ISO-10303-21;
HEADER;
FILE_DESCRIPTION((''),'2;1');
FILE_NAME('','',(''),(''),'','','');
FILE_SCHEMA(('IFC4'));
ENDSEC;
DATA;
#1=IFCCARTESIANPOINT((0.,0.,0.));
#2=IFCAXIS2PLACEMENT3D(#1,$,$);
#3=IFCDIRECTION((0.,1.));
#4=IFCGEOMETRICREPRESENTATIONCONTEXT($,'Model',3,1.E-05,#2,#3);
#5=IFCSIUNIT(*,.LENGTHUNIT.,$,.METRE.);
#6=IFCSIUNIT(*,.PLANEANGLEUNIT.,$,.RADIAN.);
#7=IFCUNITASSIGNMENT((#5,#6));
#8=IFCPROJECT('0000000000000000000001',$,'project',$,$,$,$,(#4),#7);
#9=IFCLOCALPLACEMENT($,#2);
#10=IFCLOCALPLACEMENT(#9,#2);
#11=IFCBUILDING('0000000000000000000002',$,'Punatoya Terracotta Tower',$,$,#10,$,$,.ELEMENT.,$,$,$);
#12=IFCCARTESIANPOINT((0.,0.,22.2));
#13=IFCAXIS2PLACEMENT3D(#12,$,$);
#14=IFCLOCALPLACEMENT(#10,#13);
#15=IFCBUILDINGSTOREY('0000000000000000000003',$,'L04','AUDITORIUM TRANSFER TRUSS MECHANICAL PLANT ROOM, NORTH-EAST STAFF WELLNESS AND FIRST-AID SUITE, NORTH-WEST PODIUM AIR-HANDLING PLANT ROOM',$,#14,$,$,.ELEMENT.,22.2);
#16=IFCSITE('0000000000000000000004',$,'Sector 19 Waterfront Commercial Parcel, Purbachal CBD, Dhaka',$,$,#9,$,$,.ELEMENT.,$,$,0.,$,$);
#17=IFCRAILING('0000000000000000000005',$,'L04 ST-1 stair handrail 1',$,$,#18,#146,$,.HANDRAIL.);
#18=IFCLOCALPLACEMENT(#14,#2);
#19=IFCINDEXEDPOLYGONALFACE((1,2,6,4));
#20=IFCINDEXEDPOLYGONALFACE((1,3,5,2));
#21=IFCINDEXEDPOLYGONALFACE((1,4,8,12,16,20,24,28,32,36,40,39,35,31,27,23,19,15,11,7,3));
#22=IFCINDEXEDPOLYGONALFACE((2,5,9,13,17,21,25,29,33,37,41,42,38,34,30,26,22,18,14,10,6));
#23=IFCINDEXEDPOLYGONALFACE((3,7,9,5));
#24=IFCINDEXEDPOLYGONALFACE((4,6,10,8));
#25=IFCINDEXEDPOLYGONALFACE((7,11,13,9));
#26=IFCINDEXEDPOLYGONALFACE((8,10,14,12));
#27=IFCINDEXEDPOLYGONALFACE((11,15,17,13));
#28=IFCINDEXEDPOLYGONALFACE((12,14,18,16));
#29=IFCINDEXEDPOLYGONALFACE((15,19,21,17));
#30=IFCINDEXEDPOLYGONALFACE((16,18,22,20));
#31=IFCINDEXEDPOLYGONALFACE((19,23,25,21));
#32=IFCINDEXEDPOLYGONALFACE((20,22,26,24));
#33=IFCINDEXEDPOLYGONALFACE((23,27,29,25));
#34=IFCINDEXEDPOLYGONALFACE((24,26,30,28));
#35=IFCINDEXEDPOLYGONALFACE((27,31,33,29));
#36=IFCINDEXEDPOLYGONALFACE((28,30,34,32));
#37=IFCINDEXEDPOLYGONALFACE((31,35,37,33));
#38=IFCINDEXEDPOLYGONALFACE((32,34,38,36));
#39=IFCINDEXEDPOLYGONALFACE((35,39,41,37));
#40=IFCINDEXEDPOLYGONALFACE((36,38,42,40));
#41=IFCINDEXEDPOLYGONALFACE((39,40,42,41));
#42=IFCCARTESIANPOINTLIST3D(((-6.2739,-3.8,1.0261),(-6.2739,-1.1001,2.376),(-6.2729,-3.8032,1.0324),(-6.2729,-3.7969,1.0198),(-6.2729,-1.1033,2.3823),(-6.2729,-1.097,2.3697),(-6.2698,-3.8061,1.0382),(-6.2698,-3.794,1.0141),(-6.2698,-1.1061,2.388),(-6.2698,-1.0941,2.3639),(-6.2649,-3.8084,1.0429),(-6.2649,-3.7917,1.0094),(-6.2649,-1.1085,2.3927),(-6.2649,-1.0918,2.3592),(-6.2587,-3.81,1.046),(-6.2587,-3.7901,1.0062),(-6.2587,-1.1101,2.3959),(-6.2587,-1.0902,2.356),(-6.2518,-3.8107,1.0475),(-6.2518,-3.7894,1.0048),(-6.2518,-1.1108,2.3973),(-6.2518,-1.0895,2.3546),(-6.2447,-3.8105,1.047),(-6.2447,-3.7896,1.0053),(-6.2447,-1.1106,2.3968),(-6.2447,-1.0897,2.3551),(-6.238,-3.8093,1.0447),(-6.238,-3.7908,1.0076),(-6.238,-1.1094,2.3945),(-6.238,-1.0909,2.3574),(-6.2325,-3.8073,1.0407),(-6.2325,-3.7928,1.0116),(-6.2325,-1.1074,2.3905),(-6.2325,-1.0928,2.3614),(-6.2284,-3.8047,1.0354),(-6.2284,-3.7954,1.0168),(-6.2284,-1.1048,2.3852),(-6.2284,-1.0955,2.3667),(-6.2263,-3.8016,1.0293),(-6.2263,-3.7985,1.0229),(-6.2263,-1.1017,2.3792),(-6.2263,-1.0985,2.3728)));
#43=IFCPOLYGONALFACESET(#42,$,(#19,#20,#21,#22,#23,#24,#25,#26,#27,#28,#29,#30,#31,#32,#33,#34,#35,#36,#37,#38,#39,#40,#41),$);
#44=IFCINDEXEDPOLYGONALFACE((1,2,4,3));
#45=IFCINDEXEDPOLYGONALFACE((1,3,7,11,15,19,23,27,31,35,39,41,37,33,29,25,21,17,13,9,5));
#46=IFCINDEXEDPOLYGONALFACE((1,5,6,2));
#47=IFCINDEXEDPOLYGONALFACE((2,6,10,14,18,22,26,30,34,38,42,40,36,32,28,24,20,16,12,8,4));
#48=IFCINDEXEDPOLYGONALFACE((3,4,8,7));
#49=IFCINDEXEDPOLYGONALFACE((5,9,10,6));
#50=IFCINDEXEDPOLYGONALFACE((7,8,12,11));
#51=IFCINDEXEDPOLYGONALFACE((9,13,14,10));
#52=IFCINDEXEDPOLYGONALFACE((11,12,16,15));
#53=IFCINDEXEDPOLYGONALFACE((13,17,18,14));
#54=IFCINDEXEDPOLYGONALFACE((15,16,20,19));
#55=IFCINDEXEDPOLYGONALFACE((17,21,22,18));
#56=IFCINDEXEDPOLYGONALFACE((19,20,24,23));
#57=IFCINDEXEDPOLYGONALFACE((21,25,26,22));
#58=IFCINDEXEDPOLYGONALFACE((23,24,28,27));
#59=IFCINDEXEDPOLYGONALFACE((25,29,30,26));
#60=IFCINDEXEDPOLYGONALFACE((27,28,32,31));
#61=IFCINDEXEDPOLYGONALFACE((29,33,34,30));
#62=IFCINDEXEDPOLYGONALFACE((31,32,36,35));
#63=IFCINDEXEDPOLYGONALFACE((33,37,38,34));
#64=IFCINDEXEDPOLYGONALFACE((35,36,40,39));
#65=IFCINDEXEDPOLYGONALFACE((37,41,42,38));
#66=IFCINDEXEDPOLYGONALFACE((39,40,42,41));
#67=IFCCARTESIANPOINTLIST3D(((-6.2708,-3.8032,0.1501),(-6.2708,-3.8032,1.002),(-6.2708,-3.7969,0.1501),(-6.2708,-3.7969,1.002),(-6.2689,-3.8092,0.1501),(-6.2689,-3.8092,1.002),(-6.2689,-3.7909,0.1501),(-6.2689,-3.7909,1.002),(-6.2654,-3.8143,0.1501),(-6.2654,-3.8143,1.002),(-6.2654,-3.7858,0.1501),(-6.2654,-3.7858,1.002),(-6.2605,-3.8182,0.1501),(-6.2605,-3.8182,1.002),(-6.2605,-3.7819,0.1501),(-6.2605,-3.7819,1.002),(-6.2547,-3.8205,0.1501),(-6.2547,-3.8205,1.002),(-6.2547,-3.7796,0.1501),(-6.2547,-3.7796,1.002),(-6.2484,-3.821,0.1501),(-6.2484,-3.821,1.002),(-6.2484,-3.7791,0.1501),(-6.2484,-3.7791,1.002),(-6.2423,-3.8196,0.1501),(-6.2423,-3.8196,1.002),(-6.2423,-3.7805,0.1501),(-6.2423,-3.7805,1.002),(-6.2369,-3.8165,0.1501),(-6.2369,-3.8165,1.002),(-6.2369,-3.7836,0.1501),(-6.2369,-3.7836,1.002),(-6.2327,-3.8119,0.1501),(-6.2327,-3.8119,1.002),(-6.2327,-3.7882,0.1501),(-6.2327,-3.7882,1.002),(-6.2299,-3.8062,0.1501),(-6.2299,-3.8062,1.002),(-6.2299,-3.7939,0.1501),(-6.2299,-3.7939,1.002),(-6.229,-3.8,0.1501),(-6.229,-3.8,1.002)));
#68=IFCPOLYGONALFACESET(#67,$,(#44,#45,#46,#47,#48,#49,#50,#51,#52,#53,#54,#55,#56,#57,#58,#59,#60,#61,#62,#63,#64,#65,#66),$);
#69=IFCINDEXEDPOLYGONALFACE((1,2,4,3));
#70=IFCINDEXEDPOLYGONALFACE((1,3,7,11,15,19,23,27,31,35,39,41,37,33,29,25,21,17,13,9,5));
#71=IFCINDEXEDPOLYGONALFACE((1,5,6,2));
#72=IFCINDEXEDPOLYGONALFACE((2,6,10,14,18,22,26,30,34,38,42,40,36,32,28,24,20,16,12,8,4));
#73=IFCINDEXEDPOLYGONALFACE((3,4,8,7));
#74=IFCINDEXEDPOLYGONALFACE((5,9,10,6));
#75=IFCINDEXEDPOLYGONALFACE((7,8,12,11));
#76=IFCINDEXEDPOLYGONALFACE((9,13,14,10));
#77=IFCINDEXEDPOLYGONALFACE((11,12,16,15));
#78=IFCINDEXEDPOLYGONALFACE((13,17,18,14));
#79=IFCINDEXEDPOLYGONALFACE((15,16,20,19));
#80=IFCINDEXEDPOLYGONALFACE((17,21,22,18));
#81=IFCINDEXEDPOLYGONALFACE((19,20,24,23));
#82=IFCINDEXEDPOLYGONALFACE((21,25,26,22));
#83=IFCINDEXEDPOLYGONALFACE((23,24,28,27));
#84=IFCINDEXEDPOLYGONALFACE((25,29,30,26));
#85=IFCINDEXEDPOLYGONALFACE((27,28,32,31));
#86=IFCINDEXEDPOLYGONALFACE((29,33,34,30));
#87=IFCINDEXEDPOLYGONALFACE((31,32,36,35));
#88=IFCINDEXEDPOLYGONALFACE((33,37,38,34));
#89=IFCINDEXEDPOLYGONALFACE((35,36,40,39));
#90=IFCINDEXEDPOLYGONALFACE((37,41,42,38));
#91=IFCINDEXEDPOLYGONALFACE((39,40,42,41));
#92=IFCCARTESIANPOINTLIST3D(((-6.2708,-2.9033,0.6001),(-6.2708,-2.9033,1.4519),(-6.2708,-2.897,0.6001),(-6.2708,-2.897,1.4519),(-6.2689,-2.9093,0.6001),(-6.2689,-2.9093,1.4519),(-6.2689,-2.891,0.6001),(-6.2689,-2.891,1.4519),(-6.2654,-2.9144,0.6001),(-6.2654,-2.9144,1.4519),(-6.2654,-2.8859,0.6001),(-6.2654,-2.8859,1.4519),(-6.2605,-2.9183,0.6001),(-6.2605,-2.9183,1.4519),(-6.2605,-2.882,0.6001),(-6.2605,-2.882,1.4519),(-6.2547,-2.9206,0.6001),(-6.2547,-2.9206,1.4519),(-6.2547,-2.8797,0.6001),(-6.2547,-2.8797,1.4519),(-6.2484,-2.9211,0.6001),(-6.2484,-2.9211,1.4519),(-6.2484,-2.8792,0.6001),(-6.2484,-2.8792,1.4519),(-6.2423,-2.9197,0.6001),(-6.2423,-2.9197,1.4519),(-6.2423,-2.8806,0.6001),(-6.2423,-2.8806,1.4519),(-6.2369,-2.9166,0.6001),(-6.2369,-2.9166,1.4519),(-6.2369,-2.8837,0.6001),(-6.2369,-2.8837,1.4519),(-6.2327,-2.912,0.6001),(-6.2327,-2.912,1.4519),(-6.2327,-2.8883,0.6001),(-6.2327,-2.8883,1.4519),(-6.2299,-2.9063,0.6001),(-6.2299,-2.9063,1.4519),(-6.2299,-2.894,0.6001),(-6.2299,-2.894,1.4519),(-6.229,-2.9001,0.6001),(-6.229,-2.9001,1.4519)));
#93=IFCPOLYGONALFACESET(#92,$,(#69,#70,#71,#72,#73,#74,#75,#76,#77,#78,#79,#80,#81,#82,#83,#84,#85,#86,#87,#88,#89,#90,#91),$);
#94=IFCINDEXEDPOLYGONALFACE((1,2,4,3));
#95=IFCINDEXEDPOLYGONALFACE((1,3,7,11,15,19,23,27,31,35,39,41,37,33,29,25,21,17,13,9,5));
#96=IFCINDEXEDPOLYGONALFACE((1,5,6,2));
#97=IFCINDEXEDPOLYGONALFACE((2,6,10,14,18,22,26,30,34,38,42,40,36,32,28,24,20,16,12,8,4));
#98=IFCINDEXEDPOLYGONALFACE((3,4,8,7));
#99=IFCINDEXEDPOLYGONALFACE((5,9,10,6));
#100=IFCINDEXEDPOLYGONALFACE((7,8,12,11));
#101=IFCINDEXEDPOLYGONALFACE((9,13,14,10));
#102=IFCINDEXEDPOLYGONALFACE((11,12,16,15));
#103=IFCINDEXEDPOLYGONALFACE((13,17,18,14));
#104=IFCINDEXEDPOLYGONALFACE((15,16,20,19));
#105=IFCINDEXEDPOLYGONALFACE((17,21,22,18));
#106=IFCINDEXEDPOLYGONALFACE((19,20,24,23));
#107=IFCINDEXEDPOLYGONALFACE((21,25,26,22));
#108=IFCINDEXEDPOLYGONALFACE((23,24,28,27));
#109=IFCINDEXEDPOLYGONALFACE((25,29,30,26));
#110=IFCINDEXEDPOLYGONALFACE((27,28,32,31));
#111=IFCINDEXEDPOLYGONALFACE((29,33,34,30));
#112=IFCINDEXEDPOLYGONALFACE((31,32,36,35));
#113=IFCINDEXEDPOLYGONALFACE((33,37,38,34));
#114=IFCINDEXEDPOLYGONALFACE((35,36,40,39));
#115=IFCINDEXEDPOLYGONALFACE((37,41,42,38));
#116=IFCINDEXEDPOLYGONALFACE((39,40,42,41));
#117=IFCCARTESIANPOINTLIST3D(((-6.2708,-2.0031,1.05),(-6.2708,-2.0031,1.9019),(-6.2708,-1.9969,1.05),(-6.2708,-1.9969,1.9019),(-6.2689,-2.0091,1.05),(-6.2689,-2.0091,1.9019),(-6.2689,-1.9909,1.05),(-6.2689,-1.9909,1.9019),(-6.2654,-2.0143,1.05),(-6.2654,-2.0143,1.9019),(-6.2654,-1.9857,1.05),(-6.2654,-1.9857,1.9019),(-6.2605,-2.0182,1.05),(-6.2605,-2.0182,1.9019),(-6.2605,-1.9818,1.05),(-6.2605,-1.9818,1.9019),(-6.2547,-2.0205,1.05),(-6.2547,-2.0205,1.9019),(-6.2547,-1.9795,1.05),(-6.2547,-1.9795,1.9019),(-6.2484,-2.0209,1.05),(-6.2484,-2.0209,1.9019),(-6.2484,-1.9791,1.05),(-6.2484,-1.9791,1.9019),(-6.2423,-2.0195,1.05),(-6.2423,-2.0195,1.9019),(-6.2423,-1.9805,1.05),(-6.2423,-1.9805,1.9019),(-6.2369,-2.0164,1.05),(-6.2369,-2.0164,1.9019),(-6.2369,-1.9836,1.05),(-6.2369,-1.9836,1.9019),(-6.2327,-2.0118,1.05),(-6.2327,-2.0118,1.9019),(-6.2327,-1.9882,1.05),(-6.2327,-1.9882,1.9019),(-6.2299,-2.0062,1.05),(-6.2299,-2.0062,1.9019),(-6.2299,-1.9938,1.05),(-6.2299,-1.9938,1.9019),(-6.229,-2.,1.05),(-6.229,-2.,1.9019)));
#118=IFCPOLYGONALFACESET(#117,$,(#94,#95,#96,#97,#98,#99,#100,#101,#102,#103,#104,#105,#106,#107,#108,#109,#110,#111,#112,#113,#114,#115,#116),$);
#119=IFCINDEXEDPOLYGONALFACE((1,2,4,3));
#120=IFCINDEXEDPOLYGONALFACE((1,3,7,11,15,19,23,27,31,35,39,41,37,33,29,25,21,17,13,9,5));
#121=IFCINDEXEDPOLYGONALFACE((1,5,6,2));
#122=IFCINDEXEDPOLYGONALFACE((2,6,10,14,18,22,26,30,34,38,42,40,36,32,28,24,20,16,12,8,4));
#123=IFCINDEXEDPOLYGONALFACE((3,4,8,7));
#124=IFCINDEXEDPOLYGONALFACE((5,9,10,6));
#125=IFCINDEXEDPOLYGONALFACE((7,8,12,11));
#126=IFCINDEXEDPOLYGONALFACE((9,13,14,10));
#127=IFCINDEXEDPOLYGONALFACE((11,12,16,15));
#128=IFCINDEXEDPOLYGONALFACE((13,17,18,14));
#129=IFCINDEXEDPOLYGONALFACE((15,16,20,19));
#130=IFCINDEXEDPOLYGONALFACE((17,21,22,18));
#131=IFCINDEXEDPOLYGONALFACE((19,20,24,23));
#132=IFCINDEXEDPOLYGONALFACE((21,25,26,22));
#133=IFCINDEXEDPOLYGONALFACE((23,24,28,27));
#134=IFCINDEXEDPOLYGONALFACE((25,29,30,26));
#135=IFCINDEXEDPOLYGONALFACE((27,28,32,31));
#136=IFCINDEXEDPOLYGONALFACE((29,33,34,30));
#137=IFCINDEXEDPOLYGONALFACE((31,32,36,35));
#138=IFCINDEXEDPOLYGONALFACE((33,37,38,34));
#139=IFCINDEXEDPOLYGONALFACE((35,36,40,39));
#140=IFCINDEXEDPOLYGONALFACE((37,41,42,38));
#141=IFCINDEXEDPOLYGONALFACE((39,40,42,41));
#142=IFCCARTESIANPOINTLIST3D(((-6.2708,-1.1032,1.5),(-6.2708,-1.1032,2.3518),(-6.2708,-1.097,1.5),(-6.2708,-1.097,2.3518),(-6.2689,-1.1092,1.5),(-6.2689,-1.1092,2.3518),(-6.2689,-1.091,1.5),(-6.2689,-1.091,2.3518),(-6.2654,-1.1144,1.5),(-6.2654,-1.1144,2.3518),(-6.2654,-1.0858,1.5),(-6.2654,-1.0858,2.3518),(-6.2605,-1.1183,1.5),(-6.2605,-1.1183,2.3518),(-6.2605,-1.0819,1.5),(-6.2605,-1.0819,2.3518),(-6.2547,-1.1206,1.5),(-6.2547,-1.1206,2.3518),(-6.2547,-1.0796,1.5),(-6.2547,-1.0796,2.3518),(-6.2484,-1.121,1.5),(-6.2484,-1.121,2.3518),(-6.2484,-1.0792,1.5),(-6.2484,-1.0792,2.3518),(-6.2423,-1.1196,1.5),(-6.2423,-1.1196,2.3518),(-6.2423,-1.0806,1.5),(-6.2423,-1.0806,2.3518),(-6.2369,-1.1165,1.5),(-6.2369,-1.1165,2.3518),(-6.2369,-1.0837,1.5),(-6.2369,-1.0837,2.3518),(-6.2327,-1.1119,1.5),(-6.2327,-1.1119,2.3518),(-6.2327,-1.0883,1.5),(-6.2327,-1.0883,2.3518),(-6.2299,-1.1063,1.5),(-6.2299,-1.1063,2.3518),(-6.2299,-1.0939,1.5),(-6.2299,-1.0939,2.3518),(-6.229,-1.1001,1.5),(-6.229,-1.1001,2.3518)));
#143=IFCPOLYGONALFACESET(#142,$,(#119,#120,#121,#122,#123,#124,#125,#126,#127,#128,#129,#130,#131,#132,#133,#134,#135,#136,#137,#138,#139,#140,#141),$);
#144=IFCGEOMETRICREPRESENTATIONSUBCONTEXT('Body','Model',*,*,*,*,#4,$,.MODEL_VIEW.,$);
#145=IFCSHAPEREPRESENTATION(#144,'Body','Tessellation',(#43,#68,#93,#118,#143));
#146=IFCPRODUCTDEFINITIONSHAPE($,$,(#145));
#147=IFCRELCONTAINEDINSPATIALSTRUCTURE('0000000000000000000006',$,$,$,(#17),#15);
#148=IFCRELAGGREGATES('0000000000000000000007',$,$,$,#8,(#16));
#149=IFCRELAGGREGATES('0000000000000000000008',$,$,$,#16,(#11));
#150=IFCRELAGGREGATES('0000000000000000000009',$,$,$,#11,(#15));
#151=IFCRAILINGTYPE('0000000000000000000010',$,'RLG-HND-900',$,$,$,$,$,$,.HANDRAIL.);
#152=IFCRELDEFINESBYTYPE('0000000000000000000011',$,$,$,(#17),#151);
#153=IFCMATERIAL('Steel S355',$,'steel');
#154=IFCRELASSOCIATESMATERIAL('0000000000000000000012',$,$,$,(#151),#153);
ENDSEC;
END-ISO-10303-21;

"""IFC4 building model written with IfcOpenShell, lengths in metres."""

from ifc_helpers import new_model, si_unit, direction, frame, origin, origin_2d, place, context, subcontext, project, spatial, circle, extrude, material, type_object, element, save


model = new_model("IFC4")

# Units and contexts
model_context = context("Model", 3, precision=1e-05, world=origin(), true_north=direction((0.0, 1.0)))
body_context = subcontext(model_context, "Body", "Model", "MODEL_VIEW")
ifc_project = project(units=[si_unit("LENGTHUNIT", "METRE"), si_unit("PLANEANGLEUNIT", "RADIAN")], contexts=[model_context])

# Site, building, storey
site_placement = place(None, origin())
site = spatial("IfcSite", under=ifc_project, at=site_placement, Name="Sector 19 Waterfront Commercial Parcel, Purbachal CBD, Dhaka", CompositionType="ELEMENT", RefElevation=0.0)
building_placement = place(site_placement, origin())
building = spatial("IfcBuilding", under=site, at=building_placement, Name="Punatoya Terracotta Tower", CompositionType="ELEMENT")
storey_placement = place(building_placement, frame((0.0, 0.0, 22.2)))
storey = spatial("IfcBuildingStorey", under=building, at=storey_placement, Name="L04", Description="AUDITORIUM TRANSFER TRUSS MECHANICAL PLANT ROOM, NORTH-EAST STAFF WELLNESS AND FIRST-AID SUITE, NORTH-WEST PODIUM AIR-HANDLING PLANT ROOM", CompositionType="ELEMENT", Elevation=22.2)

# Railing
ifc_material_1 = material(Name="Steel S355", Category="steel")
railing_type_1 = type_object("IfcRailingType", Name="RLG-HND-900", PredefinedType="HANDRAIL", material=ifc_material_1)
for number, where, name in (
    (1, (-6.25, -3.8, 0.1501), "L04 ST-1 stair handrail 1"),
):
    element("IfcRailing", number, at=place(storey_placement, frame(where)), inside=storey, type_object=railing_type_1, Name=name, PredefinedType="HANDRAIL", context=body_context, shape_type="SweptSolid", body=[
        extrude(circle(Radius=0.0239, at=origin_2d()), frame((0.0, 0.0, 0.876), z_axis=(0.0, 0.894443, 0.447181), x_axis=(-1.0, 0.0, 0.0)), (0.0, 0.0, 1.0), 3.0186),
        extrude(circle(Radius=0.021, at=origin_2d()), origin(), (0.0, 0.0, 1.0), 0.8518),
        extrude(circle(Radius=0.021, at=origin_2d()), frame((0.0, 0.8999, 0.45)), (0.0, 0.0, 1.0), 0.8518),
        extrude(circle(Radius=0.021, at=origin_2d()), frame((0.0, 1.8, 0.8999)), (0.0, 0.0, 1.0), 0.8518),
        extrude(circle(Radius=0.021, at=origin_2d()), frame((0.0, 2.7, 1.3499)), (0.0, 0.0, 1.0), 0.8518),
    ])

save(model, "model.ifc")
